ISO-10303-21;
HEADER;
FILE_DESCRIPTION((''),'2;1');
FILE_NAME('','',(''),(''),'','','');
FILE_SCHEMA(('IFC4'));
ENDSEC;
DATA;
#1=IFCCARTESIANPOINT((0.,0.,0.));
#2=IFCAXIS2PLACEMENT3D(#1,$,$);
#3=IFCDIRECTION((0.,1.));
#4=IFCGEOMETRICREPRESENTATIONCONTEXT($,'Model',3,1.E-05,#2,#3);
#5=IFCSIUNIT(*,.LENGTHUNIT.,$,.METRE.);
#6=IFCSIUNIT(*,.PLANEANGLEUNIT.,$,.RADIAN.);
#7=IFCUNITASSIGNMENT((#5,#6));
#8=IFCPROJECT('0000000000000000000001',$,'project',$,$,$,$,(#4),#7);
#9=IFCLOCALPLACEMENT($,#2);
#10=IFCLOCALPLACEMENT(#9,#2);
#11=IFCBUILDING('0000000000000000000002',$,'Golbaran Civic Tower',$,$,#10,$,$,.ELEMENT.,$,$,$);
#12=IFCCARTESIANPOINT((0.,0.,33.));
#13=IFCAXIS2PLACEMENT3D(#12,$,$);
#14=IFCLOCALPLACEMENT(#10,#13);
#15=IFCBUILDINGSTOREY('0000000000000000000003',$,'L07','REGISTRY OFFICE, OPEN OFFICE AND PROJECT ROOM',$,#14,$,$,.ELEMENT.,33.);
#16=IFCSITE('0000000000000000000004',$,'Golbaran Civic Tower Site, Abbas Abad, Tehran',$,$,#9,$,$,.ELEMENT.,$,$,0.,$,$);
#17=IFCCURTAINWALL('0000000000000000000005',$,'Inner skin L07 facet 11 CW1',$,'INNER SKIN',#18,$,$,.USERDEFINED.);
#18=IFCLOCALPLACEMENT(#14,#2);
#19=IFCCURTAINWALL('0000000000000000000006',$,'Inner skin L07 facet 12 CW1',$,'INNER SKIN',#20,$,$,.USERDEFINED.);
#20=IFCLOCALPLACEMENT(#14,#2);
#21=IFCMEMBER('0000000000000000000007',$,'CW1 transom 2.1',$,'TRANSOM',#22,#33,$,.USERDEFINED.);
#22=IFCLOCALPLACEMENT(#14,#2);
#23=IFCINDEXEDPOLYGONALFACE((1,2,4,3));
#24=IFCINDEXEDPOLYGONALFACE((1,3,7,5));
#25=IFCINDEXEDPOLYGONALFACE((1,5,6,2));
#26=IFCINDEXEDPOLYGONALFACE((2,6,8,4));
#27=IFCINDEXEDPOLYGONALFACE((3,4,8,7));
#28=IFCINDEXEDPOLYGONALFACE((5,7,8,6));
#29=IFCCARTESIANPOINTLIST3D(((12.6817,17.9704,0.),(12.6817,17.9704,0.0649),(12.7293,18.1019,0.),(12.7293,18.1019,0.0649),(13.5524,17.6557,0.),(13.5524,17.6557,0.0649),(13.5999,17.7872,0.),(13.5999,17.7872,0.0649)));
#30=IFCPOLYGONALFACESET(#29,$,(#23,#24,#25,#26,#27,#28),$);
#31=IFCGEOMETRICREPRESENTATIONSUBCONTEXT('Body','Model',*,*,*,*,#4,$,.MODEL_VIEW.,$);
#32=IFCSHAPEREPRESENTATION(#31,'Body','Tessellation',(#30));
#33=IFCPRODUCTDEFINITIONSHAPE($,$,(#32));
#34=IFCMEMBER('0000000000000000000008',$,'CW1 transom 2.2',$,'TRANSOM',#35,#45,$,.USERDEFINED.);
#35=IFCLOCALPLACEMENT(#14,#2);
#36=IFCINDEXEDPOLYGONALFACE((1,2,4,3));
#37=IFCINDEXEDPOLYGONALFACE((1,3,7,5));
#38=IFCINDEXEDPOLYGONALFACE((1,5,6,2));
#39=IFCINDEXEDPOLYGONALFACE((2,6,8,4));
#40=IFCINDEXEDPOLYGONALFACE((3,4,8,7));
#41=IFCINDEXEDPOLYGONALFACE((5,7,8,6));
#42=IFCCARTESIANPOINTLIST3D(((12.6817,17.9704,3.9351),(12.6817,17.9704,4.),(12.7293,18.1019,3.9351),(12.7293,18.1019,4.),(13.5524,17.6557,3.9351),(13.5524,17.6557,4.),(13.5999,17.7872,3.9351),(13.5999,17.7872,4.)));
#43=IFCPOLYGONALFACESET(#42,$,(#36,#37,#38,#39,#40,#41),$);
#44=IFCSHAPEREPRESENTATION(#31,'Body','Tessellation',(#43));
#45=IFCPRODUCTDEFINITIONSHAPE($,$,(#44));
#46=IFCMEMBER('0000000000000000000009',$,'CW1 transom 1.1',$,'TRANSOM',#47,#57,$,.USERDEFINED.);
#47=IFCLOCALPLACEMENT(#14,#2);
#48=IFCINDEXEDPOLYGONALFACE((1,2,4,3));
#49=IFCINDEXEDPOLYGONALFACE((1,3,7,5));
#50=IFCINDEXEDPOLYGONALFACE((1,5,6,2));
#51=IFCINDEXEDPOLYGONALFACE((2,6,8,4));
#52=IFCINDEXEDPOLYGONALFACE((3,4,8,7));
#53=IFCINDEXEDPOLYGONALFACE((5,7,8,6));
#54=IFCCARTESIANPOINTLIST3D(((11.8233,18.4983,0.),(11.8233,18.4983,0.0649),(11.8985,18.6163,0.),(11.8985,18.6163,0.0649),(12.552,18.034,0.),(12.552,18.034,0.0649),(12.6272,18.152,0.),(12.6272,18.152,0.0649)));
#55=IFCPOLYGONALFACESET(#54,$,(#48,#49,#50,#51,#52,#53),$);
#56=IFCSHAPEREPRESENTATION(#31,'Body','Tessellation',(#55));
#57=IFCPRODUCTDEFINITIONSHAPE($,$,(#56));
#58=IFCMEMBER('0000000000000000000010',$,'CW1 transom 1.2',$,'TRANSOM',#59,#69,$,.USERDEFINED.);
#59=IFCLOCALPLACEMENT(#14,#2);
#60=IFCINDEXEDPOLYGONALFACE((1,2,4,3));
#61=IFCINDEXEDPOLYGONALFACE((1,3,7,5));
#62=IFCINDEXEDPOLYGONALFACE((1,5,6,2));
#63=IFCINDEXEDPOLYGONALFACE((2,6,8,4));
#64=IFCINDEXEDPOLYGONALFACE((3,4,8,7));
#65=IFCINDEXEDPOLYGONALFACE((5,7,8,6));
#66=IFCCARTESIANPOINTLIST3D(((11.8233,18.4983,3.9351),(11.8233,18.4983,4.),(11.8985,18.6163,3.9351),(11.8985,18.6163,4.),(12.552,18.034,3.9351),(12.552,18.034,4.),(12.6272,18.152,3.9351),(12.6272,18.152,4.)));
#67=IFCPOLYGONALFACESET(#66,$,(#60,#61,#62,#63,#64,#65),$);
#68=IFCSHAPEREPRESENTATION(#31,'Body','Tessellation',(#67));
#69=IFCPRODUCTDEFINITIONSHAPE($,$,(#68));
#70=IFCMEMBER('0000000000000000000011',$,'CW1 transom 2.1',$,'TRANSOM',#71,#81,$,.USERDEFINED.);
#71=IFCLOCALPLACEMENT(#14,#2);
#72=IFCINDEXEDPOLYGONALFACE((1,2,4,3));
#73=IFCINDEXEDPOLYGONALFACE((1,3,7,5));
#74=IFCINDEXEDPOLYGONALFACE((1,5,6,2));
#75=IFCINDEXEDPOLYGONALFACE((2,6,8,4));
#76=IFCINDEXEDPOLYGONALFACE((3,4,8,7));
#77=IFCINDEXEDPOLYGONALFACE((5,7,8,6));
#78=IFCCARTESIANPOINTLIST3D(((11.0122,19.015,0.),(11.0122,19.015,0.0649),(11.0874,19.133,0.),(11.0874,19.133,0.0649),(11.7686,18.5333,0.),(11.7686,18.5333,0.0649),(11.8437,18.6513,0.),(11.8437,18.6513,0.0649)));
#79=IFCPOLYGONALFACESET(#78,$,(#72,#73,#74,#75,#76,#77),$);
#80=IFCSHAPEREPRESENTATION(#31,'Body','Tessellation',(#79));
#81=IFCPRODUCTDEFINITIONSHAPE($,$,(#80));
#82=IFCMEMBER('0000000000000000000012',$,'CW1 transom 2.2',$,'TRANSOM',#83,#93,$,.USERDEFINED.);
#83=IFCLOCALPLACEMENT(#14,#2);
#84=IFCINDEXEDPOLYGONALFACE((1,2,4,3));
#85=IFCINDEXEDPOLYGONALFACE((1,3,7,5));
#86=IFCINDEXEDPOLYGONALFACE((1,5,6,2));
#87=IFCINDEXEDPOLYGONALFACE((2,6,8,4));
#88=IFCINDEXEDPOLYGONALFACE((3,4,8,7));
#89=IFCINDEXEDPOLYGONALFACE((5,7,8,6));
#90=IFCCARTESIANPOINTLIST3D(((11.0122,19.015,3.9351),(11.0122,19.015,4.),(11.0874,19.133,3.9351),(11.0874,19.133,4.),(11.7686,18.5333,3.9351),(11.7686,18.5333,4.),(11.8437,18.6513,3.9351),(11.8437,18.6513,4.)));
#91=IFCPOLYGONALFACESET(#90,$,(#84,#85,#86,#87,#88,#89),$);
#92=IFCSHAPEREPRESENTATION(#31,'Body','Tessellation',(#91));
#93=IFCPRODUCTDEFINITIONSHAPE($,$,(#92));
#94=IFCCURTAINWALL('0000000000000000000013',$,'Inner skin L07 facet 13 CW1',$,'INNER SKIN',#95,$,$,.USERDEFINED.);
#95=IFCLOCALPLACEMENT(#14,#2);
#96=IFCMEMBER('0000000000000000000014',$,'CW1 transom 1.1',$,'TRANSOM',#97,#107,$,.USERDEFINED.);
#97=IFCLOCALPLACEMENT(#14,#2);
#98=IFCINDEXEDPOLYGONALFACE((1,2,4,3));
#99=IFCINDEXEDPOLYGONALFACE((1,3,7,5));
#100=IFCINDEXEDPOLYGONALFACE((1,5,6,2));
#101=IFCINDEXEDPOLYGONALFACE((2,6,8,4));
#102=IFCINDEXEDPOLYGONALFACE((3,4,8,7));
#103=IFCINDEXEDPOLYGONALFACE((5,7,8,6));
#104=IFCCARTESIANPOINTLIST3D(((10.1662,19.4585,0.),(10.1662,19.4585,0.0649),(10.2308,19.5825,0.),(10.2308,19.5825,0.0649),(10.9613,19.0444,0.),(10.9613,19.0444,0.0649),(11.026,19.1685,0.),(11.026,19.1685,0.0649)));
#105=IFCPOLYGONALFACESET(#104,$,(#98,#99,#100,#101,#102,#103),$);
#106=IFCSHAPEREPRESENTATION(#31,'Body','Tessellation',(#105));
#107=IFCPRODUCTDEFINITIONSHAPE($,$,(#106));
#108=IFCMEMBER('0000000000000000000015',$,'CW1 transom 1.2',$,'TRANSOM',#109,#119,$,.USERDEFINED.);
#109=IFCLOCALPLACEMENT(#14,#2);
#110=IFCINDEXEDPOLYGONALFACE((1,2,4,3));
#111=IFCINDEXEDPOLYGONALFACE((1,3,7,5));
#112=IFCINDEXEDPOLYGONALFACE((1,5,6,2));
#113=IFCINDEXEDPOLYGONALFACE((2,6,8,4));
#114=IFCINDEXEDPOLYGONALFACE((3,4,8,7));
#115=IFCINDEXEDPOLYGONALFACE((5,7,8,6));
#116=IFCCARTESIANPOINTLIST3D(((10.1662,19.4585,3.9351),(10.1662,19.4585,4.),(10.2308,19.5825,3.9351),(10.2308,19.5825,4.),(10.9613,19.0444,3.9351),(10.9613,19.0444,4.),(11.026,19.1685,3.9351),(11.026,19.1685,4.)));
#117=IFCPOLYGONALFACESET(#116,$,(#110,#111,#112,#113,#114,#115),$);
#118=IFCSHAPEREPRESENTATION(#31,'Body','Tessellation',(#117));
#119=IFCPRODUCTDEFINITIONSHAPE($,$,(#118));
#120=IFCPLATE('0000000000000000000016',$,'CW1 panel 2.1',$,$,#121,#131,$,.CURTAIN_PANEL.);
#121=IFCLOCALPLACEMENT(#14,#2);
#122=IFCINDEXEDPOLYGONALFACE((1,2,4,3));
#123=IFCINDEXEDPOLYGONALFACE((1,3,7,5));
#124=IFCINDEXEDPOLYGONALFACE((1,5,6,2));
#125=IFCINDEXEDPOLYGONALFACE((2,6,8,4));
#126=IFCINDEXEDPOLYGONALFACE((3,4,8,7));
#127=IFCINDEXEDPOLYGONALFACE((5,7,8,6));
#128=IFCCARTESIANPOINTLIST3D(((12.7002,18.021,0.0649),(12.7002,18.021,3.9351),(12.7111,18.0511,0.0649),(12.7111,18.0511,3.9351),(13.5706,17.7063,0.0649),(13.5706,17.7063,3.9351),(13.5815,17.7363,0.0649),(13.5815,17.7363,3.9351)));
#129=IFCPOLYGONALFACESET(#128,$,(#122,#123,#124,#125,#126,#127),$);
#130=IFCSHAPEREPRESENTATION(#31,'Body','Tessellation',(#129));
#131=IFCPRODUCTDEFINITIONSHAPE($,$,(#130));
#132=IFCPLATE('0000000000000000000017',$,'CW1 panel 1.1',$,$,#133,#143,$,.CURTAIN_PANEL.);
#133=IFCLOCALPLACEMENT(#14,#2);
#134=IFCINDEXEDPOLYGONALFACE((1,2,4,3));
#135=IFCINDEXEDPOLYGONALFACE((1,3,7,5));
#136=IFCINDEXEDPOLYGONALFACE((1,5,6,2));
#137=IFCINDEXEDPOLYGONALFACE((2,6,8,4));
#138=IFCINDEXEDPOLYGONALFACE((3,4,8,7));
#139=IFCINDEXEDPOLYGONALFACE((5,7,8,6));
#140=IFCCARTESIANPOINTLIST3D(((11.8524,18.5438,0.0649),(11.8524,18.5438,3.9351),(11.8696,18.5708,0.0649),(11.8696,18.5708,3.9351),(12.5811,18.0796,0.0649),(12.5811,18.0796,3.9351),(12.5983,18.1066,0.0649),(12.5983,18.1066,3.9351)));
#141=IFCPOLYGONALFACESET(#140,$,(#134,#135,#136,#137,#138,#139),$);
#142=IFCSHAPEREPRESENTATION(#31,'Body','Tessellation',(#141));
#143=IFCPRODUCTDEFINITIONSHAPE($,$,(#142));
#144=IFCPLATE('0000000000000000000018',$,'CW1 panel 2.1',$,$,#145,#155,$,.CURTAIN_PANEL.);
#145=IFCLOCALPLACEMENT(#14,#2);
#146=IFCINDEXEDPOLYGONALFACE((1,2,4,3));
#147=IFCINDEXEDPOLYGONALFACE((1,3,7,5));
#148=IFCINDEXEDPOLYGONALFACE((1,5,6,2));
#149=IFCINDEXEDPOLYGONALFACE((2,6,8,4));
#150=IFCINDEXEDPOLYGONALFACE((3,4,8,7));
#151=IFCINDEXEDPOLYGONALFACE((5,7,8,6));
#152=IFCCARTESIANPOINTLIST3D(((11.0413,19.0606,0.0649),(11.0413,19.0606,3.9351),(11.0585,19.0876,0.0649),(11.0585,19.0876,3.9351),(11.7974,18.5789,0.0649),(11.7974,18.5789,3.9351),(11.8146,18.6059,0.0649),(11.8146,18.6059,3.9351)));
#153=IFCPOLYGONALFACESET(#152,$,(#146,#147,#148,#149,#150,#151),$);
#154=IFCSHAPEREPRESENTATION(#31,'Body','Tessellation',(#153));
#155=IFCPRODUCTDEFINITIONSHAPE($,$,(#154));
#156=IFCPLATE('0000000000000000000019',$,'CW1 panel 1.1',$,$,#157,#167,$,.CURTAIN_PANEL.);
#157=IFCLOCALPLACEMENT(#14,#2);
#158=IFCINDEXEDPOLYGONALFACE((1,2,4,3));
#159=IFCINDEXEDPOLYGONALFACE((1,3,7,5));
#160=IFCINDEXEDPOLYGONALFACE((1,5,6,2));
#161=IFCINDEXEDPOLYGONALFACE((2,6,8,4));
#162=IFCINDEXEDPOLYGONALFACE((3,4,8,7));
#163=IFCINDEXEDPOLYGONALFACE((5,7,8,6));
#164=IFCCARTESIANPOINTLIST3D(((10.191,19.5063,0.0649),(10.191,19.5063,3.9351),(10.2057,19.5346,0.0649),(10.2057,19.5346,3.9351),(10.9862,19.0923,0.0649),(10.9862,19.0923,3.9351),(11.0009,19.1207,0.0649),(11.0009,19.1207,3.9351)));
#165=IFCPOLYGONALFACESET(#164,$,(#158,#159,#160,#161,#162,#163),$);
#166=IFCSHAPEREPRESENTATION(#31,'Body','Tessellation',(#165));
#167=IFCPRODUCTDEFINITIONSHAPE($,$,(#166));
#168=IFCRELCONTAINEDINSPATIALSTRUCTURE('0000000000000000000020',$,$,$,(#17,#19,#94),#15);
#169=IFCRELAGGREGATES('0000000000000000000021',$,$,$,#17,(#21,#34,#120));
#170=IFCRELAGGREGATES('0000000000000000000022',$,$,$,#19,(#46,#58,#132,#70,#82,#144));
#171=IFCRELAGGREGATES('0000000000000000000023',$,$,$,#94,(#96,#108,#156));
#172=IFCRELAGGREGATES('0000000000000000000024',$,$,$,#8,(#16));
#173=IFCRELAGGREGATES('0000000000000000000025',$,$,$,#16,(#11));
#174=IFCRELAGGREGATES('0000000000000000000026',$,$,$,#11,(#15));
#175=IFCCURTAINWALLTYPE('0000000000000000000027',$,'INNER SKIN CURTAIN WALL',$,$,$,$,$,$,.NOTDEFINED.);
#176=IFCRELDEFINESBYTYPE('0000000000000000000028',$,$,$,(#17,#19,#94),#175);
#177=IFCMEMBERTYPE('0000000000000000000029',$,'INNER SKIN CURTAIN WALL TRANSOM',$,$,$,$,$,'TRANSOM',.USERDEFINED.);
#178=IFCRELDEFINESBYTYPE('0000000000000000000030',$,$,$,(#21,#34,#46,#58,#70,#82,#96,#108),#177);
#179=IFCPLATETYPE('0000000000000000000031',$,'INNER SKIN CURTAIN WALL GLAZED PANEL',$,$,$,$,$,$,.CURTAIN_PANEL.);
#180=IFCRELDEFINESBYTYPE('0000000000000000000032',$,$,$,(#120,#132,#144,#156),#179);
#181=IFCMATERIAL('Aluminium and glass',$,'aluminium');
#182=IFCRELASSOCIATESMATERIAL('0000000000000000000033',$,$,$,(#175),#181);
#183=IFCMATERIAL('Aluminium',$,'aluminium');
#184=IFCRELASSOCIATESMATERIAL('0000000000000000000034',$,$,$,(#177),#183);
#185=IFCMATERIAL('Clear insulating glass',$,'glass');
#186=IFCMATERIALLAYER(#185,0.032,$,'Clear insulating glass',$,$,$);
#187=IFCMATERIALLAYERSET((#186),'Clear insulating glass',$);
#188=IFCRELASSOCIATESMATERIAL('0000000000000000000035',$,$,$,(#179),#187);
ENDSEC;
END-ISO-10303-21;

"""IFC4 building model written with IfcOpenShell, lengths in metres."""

from ifc_helpers import new_model, si_unit, direction, frame, origin, origin_2d, place, context, subcontext, project, spatial, rectangle, extrude, material, layer, layer_set, material_profile, profile_set, type_object, element, aggregate, save


model = new_model("IFC4")

# Units and contexts
model_context = context("Model", 3, precision=1e-05, world=origin(), true_north=direction((0.0, 1.0)))
body_context = subcontext(model_context, "Body", "Model", "MODEL_VIEW")
ifc_project = project(units=[si_unit("LENGTHUNIT", "METRE"), si_unit("PLANEANGLEUNIT", "RADIAN")], contexts=[model_context])

# Site, building, storey
site_placement = place(None, origin())
site = spatial("IfcSite", under=ifc_project, at=site_placement, Name="Golbaran Civic Tower Site, Abbas Abad, Tehran", CompositionType="ELEMENT", RefElevation=0.0)
building_placement = place(site_placement, origin())
building = spatial("IfcBuilding", under=site, at=building_placement, Name="Golbaran Civic Tower", CompositionType="ELEMENT")
storey_placement = place(building_placement, frame((0.0, 0.0, 33.0)))
storey = spatial("IfcBuildingStorey", under=building, at=storey_placement, Name="L07", Description="REGISTRY OFFICE, OPEN OFFICE AND PROJECT ROOM", CompositionType="ELEMENT", Elevation=33.0)

# Curtain wall
ifc_material_1 = material(Name="Aluminium and glass", Category="aluminium")
curtain_wall_type = type_object("IfcCurtainWallType", Name="INNER SKIN CURTAIN WALL", PredefinedType="NOTDEFINED", material=ifc_material_1)
curtain_wall_1_placement = place(storey_placement, origin())
curtain_wall_1 = element("IfcCurtainWall", 1, at=curtain_wall_1_placement, inside=storey, type_object=curtain_wall_type, Name="Inner skin L07 facet 11 CW1", ObjectType="INNER SKIN", PredefinedType="USERDEFINED")
ifc_material_2 = material(Name="Aluminium", Category="aluminium")

# Curtain wall
curtain_wall_2_placement = place(storey_placement, origin())
curtain_wall_2 = element("IfcCurtainWall", 2, at=curtain_wall_2_placement, inside=storey, type_object=curtain_wall_type, Name="Inner skin L07 facet 12 CW1", ObjectType="INNER SKIN", PredefinedType="USERDEFINED")

# Members
ifc_material_profile_1 = material_profile(ifc_material_2, rectangle(XDim=0.1399, YDim=0.0649, at=origin_2d()), Name="INNER SKIN CURTAIN WALL TRANSOM")
ifc_profile_set_1 = profile_set([ifc_material_profile_1], Name="Aluminium")
member_type_1 = type_object("IfcMemberType", Name="INNER SKIN CURTAIN WALL TRANSOM", ElementType="TRANSOM", PredefinedType="USERDEFINED", material=ifc_profile_set_1)
member_1_placement = place(storey_placement, frame((13.5762, 17.7214, 0.0325), z_axis=(-0.940446, 0.339943, 0.0), x_axis=(-0.339943, -0.940446, 0.0)))
member_1 = element("IfcMember", 3, at=member_1_placement, type_object=member_type_1, Name="CW1 transom 2.1", ObjectType="TRANSOM", PredefinedType="USERDEFINED", context=body_context, shape_type="SweptSolid", body=[
    extrude(rectangle(XDim=0.1399, YDim=0.0649, at=origin_2d()), origin(), (0.0, 0.0, 1.0), 0.9258),
])
member_2_placement = place(storey_placement, frame((13.5762, 17.7214, 3.9675), z_axis=(-0.940446, 0.339943, 0.0), x_axis=(-0.339943, -0.940446, 0.0)))
member_2 = element("IfcMember", 4, at=member_2_placement, type_object=member_type_1, Name="CW1 transom 2.2", ObjectType="TRANSOM", PredefinedType="USERDEFINED", context=body_context, shape_type="SweptSolid", body=[
    extrude(rectangle(XDim=0.1399, YDim=0.0649, at=origin_2d()), origin(), (0.0, 0.0, 1.0), 0.9258),
])
member_3_placement = place(storey_placement, frame((12.5896, 18.093, 0.0325), z_axis=(-0.843347, 0.537369, 0.0), x_axis=(-0.537369, -0.843347, 0.0)))
member_3 = element("IfcMember", 5, at=member_3_placement, type_object=member_type_1, Name="CW1 transom 1.1", ObjectType="TRANSOM", PredefinedType="USERDEFINED", context=body_context, shape_type="SweptSolid", body=[
    extrude(rectangle(XDim=0.1399, YDim=0.0649, at=origin_2d()), origin(), (0.0, 0.0, 1.0), 0.864),
])
member_4_placement = place(storey_placement, frame((12.5896, 18.093, 3.9675), z_axis=(-0.843347, 0.537369, 0.0), x_axis=(-0.537369, -0.843347, 0.0)))
member_4 = element("IfcMember", 6, at=member_4_placement, type_object=member_type_1, Name="CW1 transom 1.2", ObjectType="TRANSOM", PredefinedType="USERDEFINED", context=body_context, shape_type="SweptSolid", body=[
    extrude(rectangle(XDim=0.1399, YDim=0.0649, at=origin_2d()), origin(), (0.0, 0.0, 1.0), 0.864),
])
member_5_placement = place(storey_placement, frame((11.8062, 18.5923, 0.0325), z_axis=(-0.843471, 0.537175, 0.0), x_axis=(-0.537175, -0.843471, 0.0)))
member_5 = element("IfcMember", 7, at=member_5_placement, type_object=member_type_1, Name="CW1 transom 2.1", ObjectType="TRANSOM", PredefinedType="USERDEFINED", context=body_context, shape_type="SweptSolid", body=[
    extrude(rectangle(XDim=0.1399, YDim=0.0649, at=origin_2d()), origin(), (0.0, 0.0, 1.0), 0.8967),
])
member_6_placement = place(storey_placement, frame((11.8062, 18.5923, 3.9675), z_axis=(-0.843471, 0.537175, 0.0), x_axis=(-0.537175, -0.843471, 0.0)))
member_6 = element("IfcMember", 8, at=member_6_placement, type_object=member_type_1, Name="CW1 transom 2.2", ObjectType="TRANSOM", PredefinedType="USERDEFINED", context=body_context, shape_type="SweptSolid", body=[
    extrude(rectangle(XDim=0.1399, YDim=0.0649, at=origin_2d()), origin(), (0.0, 0.0, 1.0), 0.8967),
])

# Curtain wall, members
curtain_wall_3_placement = place(storey_placement, origin())
curtain_wall_3 = element("IfcCurtainWall", 9, at=curtain_wall_3_placement, inside=storey, type_object=curtain_wall_type, Name="Inner skin L07 facet 13 CW1", ObjectType="INNER SKIN", PredefinedType="USERDEFINED")
member_7_placement = place(storey_placement, frame((10.9937, 19.1064, 0.0325), z_axis=(-0.886954, 0.461859, 0.0), x_axis=(-0.461859, -0.886954, 0.0)))
member_7 = element("IfcMember", 10, at=member_7_placement, type_object=member_type_1, Name="CW1 transom 1.1", ObjectType="TRANSOM", PredefinedType="USERDEFINED", context=body_context, shape_type="SweptSolid", body=[
    extrude(rectangle(XDim=0.1399, YDim=0.0649, at=origin_2d()), origin(), (0.0, 0.0, 1.0), 0.8965),
])
member_8_placement = place(storey_placement, frame((10.9937, 19.1064, 3.9675), z_axis=(-0.886954, 0.461859, 0.0), x_axis=(-0.461859, -0.886954, 0.0)))
member_8 = element("IfcMember", 11, at=member_8_placement, type_object=member_type_1, Name="CW1 transom 1.2", ObjectType="TRANSOM", PredefinedType="USERDEFINED", context=body_context, shape_type="SweptSolid", body=[
    extrude(rectangle(XDim=0.1399, YDim=0.0649, at=origin_2d()), origin(), (0.0, 0.0, 1.0), 0.8965),
])

# Plates
ifc_material_3 = material(Name="Clear insulating glass", Category="glass")
ifc_layer_1 = layer(ifc_material_3, 0.032, Name="Clear insulating glass")
ifc_layer_set_1 = layer_set([ifc_layer_1], Name="Clear insulating glass")
plate_type = type_object("IfcPlateType", Name="INNER SKIN CURTAIN WALL GLAZED PANEL", PredefinedType="CURTAIN_PANEL", material=ifc_layer_set_1)
plate_1_placement = place(storey_placement, frame((13.1409, 17.8787, 0.0649), z_axis=(0.0, 0.0, 1.0), x_axis=(-0.940409, 0.340045, 0.0)))
plate_1 = element("IfcPlate", 12, at=plate_1_placement, type_object=plate_type, Name="CW1 panel 2.1", PredefinedType="CURTAIN_PANEL", context=body_context, shape_type="SweptSolid", body=[
    extrude(rectangle(XDim=0.9255, YDim=0.032, at=origin_2d()), origin(), (0.0, 0.0, 1.0), 3.8701),
])
aggregate(curtain_wall_1, [member_1, member_2, plate_1])
plate_2_placement = place(storey_placement, frame((12.2253, 18.3252, 0.0649), z_axis=(0.0, 0.0, 1.0), x_axis=(-0.843391, 0.5373, 0.0)))
plate_2 = element("IfcPlate", 13, at=plate_2_placement, type_object=plate_type, Name="CW1 panel 1.1", PredefinedType="CURTAIN_PANEL", context=body_context, shape_type="SweptSolid", body=[
    extrude(rectangle(XDim=0.864, YDim=0.032, at=origin_2d()), origin(), (0.0, 0.0, 1.0), 3.8701),
])
plate_3_placement = place(storey_placement, frame((11.428, 18.8333, 0.0649), z_axis=(0.0, 0.0, 1.0), x_axis=(-0.843391, 0.5373, 0.0)))
plate_3 = element("IfcPlate", 14, at=plate_3_placement, type_object=plate_type, Name="CW1 panel 2.1", PredefinedType="CURTAIN_PANEL", context=body_context, shape_type="SweptSolid", body=[
    extrude(rectangle(XDim=0.8965, YDim=0.032, at=origin_2d()), origin(), (0.0, 0.0, 1.0), 3.8701),
])
aggregate(curtain_wall_2, [member_3, member_4, plate_2, member_5, member_6, plate_3])
plate_4_placement = place(storey_placement, frame((10.5959, 19.3135, 0.0649), z_axis=(0.0, 0.0, 1.0), x_axis=(-0.887011, 0.461749, 0.0)))
plate_4 = element("IfcPlate", 15, at=plate_4_placement, type_object=plate_type, Name="CW1 panel 1.1", PredefinedType="CURTAIN_PANEL", context=body_context, shape_type="SweptSolid", body=[
    extrude(rectangle(XDim=0.8965, YDim=0.032, at=origin_2d()), origin(), (0.0, 0.0, 1.0), 3.8701),
])
aggregate(curtain_wall_3, [member_7, member_8, plate_4])

save(model, "model.ifc")
